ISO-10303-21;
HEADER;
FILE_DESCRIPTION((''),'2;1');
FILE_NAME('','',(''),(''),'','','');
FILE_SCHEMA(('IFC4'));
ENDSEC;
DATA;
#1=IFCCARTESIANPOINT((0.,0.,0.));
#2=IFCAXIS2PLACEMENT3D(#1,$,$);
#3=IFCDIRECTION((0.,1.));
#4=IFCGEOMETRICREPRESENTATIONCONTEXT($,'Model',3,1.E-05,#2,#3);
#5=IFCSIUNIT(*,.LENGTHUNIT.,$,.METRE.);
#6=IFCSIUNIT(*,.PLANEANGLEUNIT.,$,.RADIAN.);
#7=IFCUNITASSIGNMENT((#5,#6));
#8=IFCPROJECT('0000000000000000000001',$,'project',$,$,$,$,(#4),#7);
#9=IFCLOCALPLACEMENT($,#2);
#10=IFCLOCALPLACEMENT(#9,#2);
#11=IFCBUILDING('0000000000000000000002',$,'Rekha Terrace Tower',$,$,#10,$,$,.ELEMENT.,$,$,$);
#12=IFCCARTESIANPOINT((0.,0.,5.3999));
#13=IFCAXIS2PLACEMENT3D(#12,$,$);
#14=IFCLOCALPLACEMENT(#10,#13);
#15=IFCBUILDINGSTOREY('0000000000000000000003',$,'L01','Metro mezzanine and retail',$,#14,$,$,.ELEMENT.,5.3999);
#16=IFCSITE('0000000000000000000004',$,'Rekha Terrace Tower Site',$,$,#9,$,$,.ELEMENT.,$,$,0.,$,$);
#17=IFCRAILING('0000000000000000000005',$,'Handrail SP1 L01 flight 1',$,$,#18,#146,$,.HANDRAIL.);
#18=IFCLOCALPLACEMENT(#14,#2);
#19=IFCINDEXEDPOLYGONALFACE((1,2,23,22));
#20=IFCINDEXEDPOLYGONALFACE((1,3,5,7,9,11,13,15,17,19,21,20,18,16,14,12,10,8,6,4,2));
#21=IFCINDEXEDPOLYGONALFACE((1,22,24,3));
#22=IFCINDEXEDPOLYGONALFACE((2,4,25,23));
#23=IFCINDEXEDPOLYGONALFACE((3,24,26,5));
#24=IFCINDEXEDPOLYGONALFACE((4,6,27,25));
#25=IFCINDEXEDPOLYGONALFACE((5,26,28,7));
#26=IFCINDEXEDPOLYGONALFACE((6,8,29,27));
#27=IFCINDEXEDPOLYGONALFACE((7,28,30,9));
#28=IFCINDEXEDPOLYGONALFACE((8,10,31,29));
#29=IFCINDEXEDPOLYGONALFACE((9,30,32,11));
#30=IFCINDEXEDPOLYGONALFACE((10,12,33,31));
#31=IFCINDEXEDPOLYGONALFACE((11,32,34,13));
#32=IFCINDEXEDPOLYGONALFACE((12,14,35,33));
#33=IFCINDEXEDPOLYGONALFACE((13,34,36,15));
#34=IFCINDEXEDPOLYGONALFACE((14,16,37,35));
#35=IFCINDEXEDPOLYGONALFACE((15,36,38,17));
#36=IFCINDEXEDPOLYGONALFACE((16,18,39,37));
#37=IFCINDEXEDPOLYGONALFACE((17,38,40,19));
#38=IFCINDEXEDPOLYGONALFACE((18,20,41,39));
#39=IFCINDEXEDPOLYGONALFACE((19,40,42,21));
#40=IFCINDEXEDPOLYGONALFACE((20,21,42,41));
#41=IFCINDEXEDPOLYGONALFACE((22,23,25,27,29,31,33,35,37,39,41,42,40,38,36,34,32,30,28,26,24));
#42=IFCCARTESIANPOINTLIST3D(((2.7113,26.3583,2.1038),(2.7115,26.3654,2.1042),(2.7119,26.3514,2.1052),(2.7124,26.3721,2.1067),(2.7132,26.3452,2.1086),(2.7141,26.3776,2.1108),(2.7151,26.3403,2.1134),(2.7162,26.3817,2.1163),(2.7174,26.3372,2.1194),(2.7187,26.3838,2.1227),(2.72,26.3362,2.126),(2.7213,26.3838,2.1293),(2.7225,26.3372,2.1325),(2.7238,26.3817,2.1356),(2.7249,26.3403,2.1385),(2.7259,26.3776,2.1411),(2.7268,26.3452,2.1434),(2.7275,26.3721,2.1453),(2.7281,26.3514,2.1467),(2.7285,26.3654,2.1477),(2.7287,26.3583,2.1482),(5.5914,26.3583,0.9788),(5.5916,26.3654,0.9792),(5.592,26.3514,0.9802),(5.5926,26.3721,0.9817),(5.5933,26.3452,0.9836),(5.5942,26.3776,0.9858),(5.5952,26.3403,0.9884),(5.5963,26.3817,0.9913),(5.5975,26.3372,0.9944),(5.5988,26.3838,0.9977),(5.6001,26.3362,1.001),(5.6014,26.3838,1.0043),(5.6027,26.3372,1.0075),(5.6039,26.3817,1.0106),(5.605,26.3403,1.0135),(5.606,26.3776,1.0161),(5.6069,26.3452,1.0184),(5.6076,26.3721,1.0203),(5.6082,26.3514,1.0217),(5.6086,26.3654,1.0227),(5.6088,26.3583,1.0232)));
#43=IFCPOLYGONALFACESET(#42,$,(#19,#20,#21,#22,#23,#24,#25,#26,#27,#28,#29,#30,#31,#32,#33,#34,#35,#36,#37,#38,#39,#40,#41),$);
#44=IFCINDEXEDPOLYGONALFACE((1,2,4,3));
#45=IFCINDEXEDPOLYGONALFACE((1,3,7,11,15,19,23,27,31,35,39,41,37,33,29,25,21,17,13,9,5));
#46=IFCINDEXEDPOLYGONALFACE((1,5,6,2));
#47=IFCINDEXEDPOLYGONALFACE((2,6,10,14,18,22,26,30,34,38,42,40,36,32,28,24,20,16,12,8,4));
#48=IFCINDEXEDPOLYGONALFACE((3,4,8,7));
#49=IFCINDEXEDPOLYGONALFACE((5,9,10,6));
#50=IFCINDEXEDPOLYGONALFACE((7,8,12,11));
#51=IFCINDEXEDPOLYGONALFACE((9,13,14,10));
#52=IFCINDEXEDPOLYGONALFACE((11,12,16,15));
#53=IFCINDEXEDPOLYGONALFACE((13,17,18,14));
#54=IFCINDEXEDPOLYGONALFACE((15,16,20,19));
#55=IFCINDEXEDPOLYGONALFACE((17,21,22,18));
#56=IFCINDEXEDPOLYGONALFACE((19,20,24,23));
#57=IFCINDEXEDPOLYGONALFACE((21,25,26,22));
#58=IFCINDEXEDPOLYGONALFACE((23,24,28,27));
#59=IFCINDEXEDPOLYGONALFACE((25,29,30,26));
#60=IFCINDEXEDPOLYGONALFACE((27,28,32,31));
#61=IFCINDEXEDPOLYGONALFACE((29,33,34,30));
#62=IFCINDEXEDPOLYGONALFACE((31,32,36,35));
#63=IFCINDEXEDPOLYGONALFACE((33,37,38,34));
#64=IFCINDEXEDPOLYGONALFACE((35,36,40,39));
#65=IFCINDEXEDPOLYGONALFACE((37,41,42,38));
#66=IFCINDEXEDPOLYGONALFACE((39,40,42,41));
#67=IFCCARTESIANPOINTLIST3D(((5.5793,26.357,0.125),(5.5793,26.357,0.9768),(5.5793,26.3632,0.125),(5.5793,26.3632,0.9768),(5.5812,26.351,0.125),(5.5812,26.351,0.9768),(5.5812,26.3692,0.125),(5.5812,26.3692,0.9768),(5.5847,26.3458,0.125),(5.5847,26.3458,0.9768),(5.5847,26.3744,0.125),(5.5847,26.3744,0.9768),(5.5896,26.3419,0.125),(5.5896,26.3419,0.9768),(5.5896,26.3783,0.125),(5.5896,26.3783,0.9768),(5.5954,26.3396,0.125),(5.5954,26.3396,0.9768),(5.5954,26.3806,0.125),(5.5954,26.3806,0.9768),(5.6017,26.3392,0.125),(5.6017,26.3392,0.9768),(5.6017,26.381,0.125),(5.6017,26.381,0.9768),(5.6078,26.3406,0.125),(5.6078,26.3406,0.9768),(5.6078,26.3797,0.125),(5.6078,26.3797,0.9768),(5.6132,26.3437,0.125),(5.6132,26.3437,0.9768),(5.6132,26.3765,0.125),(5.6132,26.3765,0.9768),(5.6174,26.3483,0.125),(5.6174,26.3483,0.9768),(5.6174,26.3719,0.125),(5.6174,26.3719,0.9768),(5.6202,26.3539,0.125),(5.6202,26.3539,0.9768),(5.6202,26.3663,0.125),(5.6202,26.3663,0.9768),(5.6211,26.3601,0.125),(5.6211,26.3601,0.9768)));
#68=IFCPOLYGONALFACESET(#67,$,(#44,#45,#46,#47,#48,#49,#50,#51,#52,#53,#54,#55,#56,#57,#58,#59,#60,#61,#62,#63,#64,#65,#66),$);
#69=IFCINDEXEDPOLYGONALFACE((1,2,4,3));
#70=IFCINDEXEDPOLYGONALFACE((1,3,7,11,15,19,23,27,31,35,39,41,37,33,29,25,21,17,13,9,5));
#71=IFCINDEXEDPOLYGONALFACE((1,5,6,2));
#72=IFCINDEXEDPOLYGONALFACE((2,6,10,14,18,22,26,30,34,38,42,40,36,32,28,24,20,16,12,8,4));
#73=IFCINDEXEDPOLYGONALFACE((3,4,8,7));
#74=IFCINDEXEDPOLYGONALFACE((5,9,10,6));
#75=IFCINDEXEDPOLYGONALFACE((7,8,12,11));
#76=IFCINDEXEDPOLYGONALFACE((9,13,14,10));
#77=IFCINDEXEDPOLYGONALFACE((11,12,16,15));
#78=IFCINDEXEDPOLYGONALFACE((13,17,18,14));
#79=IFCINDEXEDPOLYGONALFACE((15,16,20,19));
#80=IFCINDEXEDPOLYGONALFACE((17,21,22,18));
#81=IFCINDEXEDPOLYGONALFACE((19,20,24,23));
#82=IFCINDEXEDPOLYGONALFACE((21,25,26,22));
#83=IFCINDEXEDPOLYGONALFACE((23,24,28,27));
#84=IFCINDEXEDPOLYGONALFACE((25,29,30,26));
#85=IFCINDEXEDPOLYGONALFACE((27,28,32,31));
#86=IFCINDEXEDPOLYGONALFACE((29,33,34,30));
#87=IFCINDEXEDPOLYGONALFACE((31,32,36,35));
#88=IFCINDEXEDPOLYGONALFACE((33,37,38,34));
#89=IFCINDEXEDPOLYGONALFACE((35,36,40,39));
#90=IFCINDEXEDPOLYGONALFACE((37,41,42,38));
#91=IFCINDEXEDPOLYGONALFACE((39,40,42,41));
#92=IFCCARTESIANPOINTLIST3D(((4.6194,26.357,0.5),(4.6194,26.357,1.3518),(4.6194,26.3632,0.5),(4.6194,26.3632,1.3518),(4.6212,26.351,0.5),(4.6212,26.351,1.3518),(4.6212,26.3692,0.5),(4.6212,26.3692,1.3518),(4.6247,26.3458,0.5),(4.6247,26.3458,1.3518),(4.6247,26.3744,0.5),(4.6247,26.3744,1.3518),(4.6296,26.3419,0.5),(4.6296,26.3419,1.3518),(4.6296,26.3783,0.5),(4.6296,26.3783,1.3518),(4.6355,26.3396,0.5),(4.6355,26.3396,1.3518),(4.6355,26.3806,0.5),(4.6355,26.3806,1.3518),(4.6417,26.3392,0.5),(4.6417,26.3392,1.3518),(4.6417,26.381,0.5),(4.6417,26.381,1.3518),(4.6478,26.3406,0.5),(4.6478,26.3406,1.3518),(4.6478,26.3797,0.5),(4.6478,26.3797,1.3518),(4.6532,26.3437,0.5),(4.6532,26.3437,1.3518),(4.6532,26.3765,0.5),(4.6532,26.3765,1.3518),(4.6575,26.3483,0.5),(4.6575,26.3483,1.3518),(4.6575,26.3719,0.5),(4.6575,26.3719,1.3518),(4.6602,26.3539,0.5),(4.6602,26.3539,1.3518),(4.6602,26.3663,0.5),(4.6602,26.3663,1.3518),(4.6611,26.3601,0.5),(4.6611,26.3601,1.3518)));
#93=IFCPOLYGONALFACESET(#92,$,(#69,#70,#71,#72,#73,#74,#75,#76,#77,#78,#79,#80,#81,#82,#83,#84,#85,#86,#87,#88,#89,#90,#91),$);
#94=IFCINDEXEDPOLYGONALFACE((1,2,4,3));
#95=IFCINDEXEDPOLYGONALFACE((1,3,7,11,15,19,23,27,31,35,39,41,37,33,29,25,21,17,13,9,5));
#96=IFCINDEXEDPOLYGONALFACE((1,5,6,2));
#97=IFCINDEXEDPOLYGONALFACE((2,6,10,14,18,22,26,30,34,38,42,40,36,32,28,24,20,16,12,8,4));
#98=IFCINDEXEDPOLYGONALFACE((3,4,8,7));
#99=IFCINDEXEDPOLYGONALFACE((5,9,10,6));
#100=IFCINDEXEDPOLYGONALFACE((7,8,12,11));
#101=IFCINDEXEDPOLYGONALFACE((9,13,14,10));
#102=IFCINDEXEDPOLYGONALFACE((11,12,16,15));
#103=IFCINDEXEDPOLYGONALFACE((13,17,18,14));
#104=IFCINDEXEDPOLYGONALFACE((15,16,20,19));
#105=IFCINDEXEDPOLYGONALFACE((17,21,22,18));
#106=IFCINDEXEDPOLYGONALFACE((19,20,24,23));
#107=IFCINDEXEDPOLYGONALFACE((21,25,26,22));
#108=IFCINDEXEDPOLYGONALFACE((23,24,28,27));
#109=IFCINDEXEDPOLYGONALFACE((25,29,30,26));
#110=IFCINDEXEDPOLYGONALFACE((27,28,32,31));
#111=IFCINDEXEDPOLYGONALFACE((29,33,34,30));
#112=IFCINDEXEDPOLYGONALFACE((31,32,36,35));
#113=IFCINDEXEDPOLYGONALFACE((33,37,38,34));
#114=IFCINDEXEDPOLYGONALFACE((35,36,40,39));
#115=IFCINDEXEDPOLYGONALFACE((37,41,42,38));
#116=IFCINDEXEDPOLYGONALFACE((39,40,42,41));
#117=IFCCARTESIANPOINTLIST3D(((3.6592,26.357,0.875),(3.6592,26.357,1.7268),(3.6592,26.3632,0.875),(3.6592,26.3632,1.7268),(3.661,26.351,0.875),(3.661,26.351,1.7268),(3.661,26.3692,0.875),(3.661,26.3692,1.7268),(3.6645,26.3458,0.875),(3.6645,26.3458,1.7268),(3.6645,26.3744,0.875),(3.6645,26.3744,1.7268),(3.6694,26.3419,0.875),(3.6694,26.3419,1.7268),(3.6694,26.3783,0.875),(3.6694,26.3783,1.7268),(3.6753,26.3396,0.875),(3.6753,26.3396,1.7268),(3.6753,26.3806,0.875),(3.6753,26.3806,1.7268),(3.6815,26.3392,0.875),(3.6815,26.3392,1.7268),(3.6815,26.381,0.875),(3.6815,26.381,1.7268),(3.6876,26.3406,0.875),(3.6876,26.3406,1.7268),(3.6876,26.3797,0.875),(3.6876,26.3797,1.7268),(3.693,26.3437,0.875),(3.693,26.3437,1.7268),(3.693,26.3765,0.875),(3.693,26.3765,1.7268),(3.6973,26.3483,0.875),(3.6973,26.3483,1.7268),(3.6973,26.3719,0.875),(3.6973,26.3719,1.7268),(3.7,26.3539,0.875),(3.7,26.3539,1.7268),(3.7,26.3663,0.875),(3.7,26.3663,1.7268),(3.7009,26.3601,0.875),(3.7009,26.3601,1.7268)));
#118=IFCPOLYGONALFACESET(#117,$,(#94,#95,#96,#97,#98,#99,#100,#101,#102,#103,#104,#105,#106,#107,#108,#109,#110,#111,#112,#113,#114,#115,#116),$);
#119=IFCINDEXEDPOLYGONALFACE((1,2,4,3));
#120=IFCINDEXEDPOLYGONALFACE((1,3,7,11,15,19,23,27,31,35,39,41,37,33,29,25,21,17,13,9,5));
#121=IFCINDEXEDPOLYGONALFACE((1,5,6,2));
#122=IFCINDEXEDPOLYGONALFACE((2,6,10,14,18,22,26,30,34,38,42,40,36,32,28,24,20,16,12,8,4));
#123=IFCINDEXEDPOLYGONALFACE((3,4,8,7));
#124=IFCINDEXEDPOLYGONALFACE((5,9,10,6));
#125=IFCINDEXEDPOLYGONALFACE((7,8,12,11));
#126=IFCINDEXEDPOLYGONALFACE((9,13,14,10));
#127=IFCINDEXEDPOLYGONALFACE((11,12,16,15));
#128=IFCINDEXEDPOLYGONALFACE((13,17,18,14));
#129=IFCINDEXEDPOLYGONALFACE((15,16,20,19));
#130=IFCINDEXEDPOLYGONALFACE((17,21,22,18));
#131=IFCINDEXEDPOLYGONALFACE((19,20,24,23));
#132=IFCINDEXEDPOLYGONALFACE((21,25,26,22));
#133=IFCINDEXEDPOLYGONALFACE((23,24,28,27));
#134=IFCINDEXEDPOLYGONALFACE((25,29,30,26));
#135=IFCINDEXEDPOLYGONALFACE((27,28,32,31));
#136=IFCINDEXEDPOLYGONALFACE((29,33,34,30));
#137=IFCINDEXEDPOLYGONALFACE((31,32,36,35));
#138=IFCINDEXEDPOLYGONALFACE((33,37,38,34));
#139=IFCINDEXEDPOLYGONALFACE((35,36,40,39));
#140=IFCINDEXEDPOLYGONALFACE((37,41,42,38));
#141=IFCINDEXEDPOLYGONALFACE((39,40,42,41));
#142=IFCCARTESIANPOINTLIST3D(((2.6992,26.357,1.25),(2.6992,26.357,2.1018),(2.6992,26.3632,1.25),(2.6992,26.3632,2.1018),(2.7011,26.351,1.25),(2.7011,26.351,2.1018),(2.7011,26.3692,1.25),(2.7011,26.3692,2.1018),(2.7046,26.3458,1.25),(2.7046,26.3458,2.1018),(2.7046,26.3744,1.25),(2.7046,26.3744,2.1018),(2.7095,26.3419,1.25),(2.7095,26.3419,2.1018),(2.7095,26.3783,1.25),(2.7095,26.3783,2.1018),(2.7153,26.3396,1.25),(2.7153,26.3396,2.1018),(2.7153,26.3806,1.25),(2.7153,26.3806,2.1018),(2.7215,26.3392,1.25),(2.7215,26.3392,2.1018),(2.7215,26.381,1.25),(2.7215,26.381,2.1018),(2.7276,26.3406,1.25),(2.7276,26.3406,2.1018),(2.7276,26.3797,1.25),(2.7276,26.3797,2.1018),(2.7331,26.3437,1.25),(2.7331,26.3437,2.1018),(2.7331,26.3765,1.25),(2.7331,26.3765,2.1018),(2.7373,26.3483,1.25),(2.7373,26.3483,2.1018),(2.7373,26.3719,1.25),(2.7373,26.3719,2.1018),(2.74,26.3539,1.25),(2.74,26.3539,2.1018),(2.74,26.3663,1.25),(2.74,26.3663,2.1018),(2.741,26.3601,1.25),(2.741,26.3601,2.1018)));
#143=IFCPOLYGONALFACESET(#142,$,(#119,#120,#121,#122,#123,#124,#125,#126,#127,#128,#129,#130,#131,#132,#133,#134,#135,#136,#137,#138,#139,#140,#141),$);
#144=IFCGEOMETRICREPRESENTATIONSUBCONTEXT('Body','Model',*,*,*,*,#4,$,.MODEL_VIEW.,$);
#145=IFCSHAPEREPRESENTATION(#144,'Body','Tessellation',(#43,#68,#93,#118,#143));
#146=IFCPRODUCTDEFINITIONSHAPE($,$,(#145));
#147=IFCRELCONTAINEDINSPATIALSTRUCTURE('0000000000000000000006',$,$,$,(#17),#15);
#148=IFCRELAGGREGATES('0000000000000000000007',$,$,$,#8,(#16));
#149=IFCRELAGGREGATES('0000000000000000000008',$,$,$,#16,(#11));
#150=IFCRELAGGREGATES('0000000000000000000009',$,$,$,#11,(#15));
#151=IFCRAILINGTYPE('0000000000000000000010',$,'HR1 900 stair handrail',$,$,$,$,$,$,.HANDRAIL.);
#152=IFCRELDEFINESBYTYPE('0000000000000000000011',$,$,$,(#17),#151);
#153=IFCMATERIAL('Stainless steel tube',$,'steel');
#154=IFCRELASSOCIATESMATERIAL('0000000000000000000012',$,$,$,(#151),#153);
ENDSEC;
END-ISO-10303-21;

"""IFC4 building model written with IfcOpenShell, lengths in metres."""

from ifc_helpers import new_model, si_unit, direction, frame, origin, origin_2d, place, context, subcontext, project, spatial, circle, extrude, material, type_object, element, save


model = new_model("IFC4")

# Units and contexts
model_context = context("Model", 3, precision=1e-05, world=origin(), true_north=direction((0.0, 1.0)))
body_context = subcontext(model_context, "Body", "Model", "MODEL_VIEW")
ifc_project = project(units=[si_unit("LENGTHUNIT", "METRE"), si_unit("PLANEANGLEUNIT", "RADIAN")], contexts=[model_context])

# Site, building, storey
site_placement = place(None, origin())
site = spatial("IfcSite", under=ifc_project, at=site_placement, Name="Rekha Terrace Tower Site", CompositionType="ELEMENT", RefElevation=0.0)
building_placement = place(site_placement, origin())
building = spatial("IfcBuilding", under=site, at=building_placement, Name="Rekha Terrace Tower", CompositionType="ELEMENT")
storey_placement = place(building_placement, frame((0.0, 0.0, 5.3999)))
storey = spatial("IfcBuildingStorey", under=building, at=storey_placement, Name="L01", Description="Metro mezzanine and retail", CompositionType="ELEMENT", Elevation=5.3999)

# Railing
ifc_material_1 = material(Name="Stainless steel tube", Category="steel")
railing_type_1 = type_object("IfcRailingType", Name="HR1 900 stair handrail", PredefinedType="HANDRAIL", material=ifc_material_1)
railing_1_placement = place(storey_placement, frame((5.6001, 26.3601, 0.125)))
element("IfcRailing", 1, at=railing_1_placement, inside=storey, type_object=railing_type_1, Name="Handrail SP1 L01 flight 1", PredefinedType="HANDRAIL", context=body_context, shape_type="SweptSolid", body=[
    extrude(circle(Radius=0.0239, at=origin_2d()), frame((0.0, 0.0, 0.876), z_axis=(-0.931463, 0.0, 0.363837), x_axis=(0.0, -1.0, 0.0)), (0.0, 0.0, 1.0), 3.092),
    extrude(circle(Radius=0.021, at=origin_2d()), origin(), (0.0, 0.0, 1.0), 0.8518),
    extrude(circle(Radius=0.021, at=origin_2d()), frame((-0.96, 0.0, 0.375)), (0.0, 0.0, 1.0), 0.8518),
    extrude(circle(Radius=0.021, at=origin_2d()), frame((-1.9202, 0.0, 0.75)), (0.0, 0.0, 1.0), 0.8518),
    extrude(circle(Radius=0.021, at=origin_2d()), frame((-2.8801, 0.0, 1.125)), (0.0, 0.0, 1.0), 0.8518),
])

save(model, "model.ifc")
